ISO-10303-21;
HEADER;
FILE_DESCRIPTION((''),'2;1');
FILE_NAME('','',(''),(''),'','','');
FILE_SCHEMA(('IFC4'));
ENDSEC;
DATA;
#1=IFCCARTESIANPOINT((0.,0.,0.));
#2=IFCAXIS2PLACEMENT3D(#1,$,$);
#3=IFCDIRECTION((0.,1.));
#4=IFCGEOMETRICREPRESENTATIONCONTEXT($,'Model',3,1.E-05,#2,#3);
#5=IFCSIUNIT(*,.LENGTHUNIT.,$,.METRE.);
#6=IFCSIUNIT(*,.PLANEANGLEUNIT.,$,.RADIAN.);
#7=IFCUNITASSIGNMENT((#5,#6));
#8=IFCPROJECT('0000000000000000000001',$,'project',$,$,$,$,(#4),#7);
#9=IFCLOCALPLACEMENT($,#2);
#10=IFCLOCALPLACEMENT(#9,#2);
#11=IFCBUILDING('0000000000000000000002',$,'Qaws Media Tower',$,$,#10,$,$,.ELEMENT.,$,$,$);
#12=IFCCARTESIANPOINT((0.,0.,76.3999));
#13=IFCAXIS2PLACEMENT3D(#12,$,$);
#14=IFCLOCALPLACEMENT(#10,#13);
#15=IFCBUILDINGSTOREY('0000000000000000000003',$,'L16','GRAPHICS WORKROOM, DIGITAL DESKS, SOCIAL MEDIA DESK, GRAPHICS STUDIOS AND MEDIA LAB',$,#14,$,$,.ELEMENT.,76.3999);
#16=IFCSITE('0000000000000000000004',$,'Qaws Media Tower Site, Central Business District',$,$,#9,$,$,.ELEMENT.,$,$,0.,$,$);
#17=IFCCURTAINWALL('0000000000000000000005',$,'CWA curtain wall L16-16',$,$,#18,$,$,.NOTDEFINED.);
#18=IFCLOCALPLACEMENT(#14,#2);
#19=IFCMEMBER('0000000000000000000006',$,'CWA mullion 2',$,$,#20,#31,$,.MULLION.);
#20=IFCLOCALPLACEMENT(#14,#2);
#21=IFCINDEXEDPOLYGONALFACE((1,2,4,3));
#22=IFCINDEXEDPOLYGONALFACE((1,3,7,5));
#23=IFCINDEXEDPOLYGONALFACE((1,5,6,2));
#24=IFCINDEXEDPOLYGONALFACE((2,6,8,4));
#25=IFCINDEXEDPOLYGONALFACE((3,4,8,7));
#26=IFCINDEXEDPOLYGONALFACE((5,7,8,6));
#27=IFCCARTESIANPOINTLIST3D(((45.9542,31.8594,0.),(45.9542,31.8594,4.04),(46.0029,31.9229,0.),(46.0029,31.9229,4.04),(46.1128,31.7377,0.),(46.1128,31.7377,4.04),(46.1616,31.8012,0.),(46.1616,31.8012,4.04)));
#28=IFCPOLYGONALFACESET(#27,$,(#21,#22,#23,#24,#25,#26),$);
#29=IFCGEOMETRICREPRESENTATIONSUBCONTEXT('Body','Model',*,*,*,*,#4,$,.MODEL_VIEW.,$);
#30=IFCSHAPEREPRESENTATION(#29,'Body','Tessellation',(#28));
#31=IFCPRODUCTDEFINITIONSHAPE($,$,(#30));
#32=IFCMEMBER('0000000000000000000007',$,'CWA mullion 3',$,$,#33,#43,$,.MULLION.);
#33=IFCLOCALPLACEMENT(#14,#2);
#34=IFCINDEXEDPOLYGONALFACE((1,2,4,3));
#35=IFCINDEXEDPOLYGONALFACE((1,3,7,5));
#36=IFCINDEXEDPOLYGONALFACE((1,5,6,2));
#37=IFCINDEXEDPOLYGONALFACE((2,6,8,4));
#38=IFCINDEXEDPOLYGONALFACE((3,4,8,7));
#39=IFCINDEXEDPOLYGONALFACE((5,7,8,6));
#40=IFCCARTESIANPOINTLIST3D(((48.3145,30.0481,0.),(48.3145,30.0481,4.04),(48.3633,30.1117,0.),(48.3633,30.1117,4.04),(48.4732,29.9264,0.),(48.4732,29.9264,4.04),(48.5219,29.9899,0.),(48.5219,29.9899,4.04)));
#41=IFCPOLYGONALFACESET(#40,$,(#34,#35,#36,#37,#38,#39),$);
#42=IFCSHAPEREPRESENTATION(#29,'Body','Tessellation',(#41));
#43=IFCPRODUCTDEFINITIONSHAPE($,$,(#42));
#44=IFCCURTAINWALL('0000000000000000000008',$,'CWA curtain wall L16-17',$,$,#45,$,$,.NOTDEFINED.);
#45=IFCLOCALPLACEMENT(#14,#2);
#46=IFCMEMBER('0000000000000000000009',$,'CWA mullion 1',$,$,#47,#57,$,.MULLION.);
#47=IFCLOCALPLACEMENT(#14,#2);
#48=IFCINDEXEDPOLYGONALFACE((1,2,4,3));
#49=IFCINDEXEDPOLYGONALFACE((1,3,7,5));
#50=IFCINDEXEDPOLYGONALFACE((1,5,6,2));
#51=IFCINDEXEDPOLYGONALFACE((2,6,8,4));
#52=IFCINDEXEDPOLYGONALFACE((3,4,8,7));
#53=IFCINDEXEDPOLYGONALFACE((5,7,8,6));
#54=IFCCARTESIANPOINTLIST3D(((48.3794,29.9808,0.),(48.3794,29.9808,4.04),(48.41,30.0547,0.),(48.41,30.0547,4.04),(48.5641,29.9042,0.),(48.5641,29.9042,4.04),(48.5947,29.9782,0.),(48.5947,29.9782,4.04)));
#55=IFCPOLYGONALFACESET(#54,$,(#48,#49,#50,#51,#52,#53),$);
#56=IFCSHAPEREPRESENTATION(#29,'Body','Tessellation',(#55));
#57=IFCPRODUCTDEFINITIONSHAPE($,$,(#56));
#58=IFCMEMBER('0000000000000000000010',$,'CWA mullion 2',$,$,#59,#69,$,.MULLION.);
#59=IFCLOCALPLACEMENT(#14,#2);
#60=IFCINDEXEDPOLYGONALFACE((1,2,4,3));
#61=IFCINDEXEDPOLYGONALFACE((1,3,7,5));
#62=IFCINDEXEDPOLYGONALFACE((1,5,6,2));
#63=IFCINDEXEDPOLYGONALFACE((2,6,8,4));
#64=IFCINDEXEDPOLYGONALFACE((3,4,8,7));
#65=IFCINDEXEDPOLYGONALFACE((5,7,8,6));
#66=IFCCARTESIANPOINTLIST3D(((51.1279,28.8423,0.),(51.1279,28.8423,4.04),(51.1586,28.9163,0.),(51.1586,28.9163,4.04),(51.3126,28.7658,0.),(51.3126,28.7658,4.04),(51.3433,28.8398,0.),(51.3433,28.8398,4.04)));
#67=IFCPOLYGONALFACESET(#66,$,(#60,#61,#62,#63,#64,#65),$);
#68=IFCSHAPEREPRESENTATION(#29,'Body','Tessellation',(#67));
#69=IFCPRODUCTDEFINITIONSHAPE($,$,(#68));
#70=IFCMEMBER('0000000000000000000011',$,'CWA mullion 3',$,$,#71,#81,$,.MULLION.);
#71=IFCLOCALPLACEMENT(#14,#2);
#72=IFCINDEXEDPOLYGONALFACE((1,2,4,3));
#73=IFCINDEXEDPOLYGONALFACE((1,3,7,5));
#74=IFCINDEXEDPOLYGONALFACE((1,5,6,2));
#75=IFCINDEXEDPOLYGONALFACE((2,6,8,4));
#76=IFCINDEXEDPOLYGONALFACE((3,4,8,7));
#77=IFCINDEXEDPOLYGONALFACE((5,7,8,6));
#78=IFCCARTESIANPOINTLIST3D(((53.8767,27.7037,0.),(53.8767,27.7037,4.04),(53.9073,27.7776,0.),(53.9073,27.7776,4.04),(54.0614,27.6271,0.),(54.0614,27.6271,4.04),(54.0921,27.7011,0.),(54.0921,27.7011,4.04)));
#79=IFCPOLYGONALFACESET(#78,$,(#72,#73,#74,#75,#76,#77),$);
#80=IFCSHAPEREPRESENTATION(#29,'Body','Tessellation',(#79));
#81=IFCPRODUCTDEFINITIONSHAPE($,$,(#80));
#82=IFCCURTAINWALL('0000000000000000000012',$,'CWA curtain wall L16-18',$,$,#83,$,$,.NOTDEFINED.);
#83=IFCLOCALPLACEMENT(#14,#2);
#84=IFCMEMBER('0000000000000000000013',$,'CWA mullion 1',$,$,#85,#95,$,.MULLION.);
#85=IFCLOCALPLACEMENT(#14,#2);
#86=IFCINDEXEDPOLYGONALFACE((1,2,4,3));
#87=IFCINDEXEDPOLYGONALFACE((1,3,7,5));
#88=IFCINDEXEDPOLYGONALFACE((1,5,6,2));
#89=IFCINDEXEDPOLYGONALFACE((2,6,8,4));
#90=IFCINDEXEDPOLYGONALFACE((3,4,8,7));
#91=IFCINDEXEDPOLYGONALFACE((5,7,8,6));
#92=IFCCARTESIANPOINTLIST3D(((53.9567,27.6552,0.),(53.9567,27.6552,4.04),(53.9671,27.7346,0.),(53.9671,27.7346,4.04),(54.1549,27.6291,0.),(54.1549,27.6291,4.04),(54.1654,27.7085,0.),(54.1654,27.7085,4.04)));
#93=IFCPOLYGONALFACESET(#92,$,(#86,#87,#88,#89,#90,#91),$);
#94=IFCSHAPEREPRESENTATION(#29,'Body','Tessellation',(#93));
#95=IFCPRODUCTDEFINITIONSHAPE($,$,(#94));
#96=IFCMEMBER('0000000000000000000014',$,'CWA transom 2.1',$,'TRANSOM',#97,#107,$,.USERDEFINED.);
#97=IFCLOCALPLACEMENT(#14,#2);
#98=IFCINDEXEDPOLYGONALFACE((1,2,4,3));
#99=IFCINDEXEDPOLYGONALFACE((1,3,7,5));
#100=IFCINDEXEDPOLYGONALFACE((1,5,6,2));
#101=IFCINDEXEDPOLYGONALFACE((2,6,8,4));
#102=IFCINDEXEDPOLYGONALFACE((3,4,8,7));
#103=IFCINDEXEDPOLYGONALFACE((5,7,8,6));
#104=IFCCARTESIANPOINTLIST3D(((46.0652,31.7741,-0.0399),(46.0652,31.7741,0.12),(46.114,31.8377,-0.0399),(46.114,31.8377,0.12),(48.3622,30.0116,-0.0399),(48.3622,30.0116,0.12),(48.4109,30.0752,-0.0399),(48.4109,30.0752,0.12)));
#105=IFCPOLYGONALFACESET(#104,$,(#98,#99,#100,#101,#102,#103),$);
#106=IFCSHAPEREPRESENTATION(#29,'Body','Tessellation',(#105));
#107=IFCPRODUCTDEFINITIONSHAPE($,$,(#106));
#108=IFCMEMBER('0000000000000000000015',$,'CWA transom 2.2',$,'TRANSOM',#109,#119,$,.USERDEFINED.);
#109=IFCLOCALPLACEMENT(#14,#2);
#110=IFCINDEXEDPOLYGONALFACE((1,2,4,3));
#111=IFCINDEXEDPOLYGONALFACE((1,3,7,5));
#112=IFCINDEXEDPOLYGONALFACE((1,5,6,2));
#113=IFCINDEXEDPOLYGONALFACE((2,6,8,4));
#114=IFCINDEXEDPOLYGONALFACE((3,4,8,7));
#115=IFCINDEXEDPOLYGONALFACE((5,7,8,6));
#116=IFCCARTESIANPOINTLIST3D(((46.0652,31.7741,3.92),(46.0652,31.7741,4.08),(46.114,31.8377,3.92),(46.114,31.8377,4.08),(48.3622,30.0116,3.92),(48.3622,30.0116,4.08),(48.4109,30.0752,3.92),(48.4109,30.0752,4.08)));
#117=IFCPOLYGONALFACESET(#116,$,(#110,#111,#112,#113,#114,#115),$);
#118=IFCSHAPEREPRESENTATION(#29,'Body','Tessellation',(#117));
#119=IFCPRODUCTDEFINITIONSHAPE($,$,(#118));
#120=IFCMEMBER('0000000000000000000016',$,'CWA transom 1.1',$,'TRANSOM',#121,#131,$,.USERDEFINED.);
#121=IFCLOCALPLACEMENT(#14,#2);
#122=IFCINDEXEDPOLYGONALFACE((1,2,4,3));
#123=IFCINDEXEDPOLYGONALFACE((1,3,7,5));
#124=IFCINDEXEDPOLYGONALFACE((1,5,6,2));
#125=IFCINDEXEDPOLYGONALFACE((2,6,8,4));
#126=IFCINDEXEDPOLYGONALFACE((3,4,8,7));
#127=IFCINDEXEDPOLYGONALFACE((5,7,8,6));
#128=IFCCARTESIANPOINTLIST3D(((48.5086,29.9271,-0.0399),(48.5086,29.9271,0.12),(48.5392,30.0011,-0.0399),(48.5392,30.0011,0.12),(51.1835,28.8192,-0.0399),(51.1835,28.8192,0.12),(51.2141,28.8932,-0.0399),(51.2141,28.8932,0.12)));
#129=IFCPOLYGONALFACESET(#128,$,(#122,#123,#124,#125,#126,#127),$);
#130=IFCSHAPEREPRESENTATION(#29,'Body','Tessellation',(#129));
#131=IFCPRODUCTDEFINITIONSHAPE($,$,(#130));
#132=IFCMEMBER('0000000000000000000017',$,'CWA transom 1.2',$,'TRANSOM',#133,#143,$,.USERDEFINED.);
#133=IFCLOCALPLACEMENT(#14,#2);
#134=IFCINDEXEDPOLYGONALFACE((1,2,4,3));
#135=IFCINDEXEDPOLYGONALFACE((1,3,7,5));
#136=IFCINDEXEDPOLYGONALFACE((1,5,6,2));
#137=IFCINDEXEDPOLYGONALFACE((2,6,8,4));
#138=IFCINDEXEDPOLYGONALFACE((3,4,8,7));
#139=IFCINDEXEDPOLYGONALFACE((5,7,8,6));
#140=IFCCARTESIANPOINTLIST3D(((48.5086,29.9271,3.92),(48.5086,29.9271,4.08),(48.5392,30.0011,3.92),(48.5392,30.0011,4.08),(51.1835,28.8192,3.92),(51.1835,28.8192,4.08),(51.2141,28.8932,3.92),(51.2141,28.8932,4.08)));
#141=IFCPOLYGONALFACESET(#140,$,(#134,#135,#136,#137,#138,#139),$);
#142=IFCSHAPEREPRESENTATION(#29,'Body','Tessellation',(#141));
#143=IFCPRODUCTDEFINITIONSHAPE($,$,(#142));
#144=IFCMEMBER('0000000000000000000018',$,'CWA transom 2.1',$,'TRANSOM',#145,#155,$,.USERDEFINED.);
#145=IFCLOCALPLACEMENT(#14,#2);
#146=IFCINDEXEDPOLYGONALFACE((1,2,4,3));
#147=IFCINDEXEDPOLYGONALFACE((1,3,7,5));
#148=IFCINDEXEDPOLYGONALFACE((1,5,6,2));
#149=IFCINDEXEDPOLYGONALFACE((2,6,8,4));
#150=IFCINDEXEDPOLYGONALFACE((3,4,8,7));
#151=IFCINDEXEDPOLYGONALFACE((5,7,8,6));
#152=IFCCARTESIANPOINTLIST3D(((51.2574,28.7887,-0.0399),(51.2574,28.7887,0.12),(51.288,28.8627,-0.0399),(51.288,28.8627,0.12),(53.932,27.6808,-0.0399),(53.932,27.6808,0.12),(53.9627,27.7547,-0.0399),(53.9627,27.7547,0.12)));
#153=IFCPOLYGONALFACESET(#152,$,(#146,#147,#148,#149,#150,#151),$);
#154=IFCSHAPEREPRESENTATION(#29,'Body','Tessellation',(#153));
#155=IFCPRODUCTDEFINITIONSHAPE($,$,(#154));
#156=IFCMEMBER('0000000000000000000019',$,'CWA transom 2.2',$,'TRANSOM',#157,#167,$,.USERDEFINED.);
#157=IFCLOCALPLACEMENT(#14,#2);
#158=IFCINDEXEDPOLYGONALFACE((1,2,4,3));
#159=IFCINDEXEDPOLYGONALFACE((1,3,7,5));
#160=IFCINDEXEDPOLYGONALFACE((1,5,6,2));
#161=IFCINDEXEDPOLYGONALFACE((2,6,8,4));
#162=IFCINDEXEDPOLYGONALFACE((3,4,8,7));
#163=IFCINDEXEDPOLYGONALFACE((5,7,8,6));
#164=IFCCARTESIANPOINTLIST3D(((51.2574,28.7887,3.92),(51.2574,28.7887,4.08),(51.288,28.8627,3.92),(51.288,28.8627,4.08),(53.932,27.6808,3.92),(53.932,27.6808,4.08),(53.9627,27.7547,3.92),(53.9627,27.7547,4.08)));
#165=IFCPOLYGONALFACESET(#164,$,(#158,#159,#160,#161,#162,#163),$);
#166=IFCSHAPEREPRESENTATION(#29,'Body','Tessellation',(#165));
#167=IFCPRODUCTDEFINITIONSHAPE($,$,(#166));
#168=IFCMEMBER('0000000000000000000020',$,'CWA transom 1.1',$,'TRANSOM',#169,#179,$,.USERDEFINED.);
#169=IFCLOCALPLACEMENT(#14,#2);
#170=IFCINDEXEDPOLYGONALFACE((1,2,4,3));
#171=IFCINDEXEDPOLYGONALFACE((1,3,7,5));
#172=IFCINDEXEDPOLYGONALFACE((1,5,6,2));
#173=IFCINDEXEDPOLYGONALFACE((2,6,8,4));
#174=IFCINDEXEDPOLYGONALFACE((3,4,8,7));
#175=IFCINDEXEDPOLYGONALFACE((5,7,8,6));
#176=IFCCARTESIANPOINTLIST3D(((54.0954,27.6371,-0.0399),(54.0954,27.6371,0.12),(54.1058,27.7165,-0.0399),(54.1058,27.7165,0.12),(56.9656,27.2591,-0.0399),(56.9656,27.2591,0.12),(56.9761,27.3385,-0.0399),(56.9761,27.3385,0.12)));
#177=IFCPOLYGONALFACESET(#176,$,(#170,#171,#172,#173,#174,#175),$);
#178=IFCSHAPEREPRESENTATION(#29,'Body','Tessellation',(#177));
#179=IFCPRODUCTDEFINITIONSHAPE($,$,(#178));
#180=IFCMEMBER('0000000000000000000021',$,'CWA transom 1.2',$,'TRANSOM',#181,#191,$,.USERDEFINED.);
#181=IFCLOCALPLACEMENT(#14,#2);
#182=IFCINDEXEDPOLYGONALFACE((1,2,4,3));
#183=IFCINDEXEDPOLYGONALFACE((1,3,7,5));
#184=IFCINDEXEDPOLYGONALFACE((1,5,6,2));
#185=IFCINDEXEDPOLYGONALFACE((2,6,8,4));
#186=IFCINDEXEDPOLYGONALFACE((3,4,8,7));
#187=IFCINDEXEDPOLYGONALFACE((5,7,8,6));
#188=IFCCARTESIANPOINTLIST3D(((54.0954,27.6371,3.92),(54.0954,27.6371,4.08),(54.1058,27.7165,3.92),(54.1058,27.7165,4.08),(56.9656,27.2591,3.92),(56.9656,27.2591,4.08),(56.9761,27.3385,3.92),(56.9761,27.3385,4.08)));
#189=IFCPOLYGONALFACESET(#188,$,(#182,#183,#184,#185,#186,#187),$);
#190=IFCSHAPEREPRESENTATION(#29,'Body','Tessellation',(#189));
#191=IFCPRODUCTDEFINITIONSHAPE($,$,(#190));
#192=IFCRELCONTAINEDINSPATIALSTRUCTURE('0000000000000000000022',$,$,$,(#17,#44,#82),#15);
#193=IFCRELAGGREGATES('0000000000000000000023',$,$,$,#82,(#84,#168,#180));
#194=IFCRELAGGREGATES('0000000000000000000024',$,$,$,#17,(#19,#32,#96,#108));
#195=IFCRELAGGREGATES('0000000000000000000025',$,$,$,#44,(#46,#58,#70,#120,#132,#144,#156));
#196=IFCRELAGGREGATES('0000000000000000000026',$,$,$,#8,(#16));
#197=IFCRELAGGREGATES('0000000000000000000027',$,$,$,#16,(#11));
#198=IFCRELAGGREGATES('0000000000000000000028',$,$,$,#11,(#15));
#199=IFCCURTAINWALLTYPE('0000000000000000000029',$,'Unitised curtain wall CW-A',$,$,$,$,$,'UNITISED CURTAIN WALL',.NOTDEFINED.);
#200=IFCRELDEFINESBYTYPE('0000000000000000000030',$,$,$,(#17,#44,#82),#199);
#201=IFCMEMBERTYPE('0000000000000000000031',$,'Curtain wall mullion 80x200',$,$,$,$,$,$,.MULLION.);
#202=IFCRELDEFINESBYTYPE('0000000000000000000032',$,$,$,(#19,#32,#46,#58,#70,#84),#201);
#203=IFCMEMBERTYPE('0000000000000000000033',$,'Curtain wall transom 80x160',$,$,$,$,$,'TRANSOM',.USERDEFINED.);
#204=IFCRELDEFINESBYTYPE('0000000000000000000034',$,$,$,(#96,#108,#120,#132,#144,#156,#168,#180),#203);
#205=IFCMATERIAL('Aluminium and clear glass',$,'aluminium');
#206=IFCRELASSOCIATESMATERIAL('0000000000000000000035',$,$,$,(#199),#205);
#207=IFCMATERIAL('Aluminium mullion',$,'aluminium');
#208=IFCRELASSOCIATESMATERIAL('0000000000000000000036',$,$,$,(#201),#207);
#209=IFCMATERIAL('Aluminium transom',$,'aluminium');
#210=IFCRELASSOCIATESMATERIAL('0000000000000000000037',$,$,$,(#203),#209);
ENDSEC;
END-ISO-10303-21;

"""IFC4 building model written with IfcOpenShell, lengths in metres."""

from ifc_helpers import new_model, si_unit, direction, frame, origin, origin_2d, place, context, subcontext, project, spatial, rectangle, extrude, material, material_profile, profile_set, type_object, element, aggregate, save


model = new_model("IFC4")

# Units and contexts
model_context = context("Model", 3, precision=1e-05, world=origin(), true_north=direction((0.0, 1.0)))
body_context = subcontext(model_context, "Body", "Model", "MODEL_VIEW")
ifc_project = project(units=[si_unit("LENGTHUNIT", "METRE"), si_unit("PLANEANGLEUNIT", "RADIAN")], contexts=[model_context])

# Site, building, storey
site_placement = place(None, origin())
site = spatial("IfcSite", under=ifc_project, at=site_placement, Name="Qaws Media Tower Site, Central Business District", CompositionType="ELEMENT", RefElevation=0.0)
building_placement = place(site_placement, origin())
building = spatial("IfcBuilding", under=site, at=building_placement, Name="Qaws Media Tower", CompositionType="ELEMENT")
storey_placement = place(building_placement, frame((0.0, 0.0, 76.3999)))
storey = spatial("IfcBuildingStorey", under=building, at=storey_placement, Name="L16", Description="GRAPHICS WORKROOM, DIGITAL DESKS, SOCIAL MEDIA DESK, GRAPHICS STUDIOS AND MEDIA LAB", CompositionType="ELEMENT", Elevation=76.3999)

# Curtain walls, members
ifc_material_1 = material(Name="Aluminium and clear glass", Category="aluminium")
curtain_wall_type = type_object("IfcCurtainWallType", Name="Unitised curtain wall CW-A", ElementType="UNITISED CURTAIN WALL", PredefinedType="NOTDEFINED", material=ifc_material_1)
curtain_wall_1_placement = place(storey_placement, origin())
curtain_wall_1 = element("IfcCurtainWall", 1, at=curtain_wall_1_placement, inside=storey, type_object=curtain_wall_type, Name="CWA curtain wall L16-16", PredefinedType="NOTDEFINED")
ifc_material_2 = material(Name="Aluminium mullion", Category="aluminium")
ifc_material_profile_1 = material_profile(ifc_material_2, rectangle(XDim=0.0801, YDim=0.2, at=origin_2d()), Name="80x200")
ifc_profile_set_1 = profile_set([ifc_material_profile_1], Name="Aluminium mullion")
member_type_1 = type_object("IfcMemberType", Name="Curtain wall mullion 80x200", PredefinedType="MULLION", material=ifc_profile_set_1)
member_1_placement = place(storey_placement, frame((46.0579, 31.8303, 0.0), z_axis=(0.0, 0.0, 1.0), x_axis=(0.608761, 0.793353, 0.0)))
member_1 = element("IfcMember", 2, at=member_1_placement, type_object=member_type_1, Name="CWA mullion 2", PredefinedType="MULLION", context=body_context, shape_type="SweptSolid", body=[
    extrude(rectangle(XDim=0.0801, YDim=0.2, at=origin_2d()), origin(), (0.0, 0.0, 1.0), 4.04),
])
member_2_placement = place(storey_placement, frame((48.4182, 30.019, 0.0), z_axis=(0.0, 0.0, 1.0), x_axis=(0.608761, 0.793353, 0.0)))
member_2 = element("IfcMember", 3, at=member_2_placement, type_object=member_type_1, Name="CWA mullion 3", PredefinedType="MULLION", context=body_context, shape_type="SweptSolid", body=[
    extrude(rectangle(XDim=0.0801, YDim=0.2, at=origin_2d()), origin(), (0.0, 0.0, 1.0), 4.04),
])
curtain_wall_2_placement = place(storey_placement, origin())
curtain_wall_2 = element("IfcCurtainWall", 4, at=curtain_wall_2_placement, inside=storey, type_object=curtain_wall_type, Name="CWA curtain wall L16-17", PredefinedType="NOTDEFINED")
member_3_placement = place(storey_placement, frame((48.4871, 29.9795, 0.0), z_axis=(0.0, 0.0, 1.0), x_axis=(0.382683, 0.92388, 0.0)))
member_3 = element("IfcMember", 5, at=member_3_placement, type_object=member_type_1, Name="CWA mullion 1", PredefinedType="MULLION", context=body_context, shape_type="SweptSolid", body=[
    extrude(rectangle(XDim=0.0801, YDim=0.2, at=origin_2d()), origin(), (0.0, 0.0, 1.0), 4.04),
])
member_4_placement = place(storey_placement, frame((51.2356, 28.8411, 0.0), z_axis=(0.0, 0.0, 1.0), x_axis=(0.382683, 0.92388, 0.0)))
member_4 = element("IfcMember", 6, at=member_4_placement, type_object=member_type_1, Name="CWA mullion 2", PredefinedType="MULLION", context=body_context, shape_type="SweptSolid", body=[
    extrude(rectangle(XDim=0.0801, YDim=0.2, at=origin_2d()), origin(), (0.0, 0.0, 1.0), 4.04),
])
member_5_placement = place(storey_placement, frame((53.9844, 27.7024, 0.0), z_axis=(0.0, 0.0, 1.0), x_axis=(0.382683, 0.92388, 0.0)))
member_5 = element("IfcMember", 7, at=member_5_placement, type_object=member_type_1, Name="CWA mullion 3", PredefinedType="MULLION", context=body_context, shape_type="SweptSolid", body=[
    extrude(rectangle(XDim=0.0801, YDim=0.2, at=origin_2d()), origin(), (0.0, 0.0, 1.0), 4.04),
])

# Curtain wall, member
curtain_wall_3_placement = place(storey_placement, origin())
curtain_wall_3 = element("IfcCurtainWall", 8, at=curtain_wall_3_placement, inside=storey, type_object=curtain_wall_type, Name="CWA curtain wall L16-18", PredefinedType="NOTDEFINED")
member_6_placement = place(storey_placement, frame((54.061, 27.6819, 0.0), z_axis=(0.0, 0.0, 1.0), x_axis=(0.130526, 0.991445, 0.0)))
member_6 = element("IfcMember", 9, at=member_6_placement, type_object=member_type_1, Name="CWA mullion 1", PredefinedType="MULLION", context=body_context, shape_type="SweptSolid", body=[
    extrude(rectangle(XDim=0.0801, YDim=0.2, at=origin_2d()), origin(), (0.0, 0.0, 1.0), 4.04),
])

# Members
ifc_material_3 = material(Name="Aluminium transom", Category="aluminium")
ifc_material_profile_2 = material_profile(ifc_material_3, rectangle(XDim=0.0801, YDim=0.1599, at=origin_2d()), Name="80x160")
ifc_profile_set_2 = profile_set([ifc_material_profile_2], Name="Aluminium transom")
member_type_2 = type_object("IfcMemberType", Name="Curtain wall transom 80x160", ElementType="TRANSOM", PredefinedType="USERDEFINED", material=ifc_profile_set_2)
member_7_placement = place(storey_placement, frame((46.0896, 31.8059, 0.04), z_axis=(0.793354, -0.608761, 0.0), x_axis=(0.608761, 0.793354, 0.0)))
member_7 = element("IfcMember", 10, at=member_7_placement, type_object=member_type_2, Name="CWA transom 2.1", ObjectType="TRANSOM", PredefinedType="USERDEFINED", context=body_context, shape_type="SweptSolid", body=[
    extrude(rectangle(XDim=0.0801, YDim=0.1599, at=origin_2d()), origin(), (0.0, 0.0, 1.0), 2.8953),
])
member_8_placement = place(storey_placement, frame((46.0896, 31.8059, 4.0), z_axis=(0.793354, -0.608761, 0.0), x_axis=(0.608761, 0.793354, 0.0)))
member_8 = element("IfcMember", 11, at=member_8_placement, type_object=member_type_2, Name="CWA transom 2.2", ObjectType="TRANSOM", PredefinedType="USERDEFINED", context=body_context, shape_type="SweptSolid", body=[
    extrude(rectangle(XDim=0.0801, YDim=0.1599, at=origin_2d()), origin(), (0.0, 0.0, 1.0), 2.8953),
])
member_9_placement = place(storey_placement, frame((48.5239, 29.9641, 0.04), z_axis=(0.923883, -0.382675, 0.0), x_axis=(0.382675, 0.923883, 0.0)))
member_9 = element("IfcMember", 12, at=member_9_placement, type_object=member_type_2, Name="CWA transom 1.1", ObjectType="TRANSOM", PredefinedType="USERDEFINED", context=body_context, shape_type="SweptSolid", body=[
    extrude(rectangle(XDim=0.0801, YDim=0.1599, at=origin_2d()), origin(), (0.0, 0.0, 1.0), 2.8953),
])
member_10_placement = place(storey_placement, frame((48.5239, 29.9641, 4.0), z_axis=(0.923883, -0.382675, 0.0), x_axis=(0.382675, 0.923883, 0.0)))
member_10 = element("IfcMember", 13, at=member_10_placement, type_object=member_type_2, Name="CWA transom 1.2", ObjectType="TRANSOM", PredefinedType="USERDEFINED", context=body_context, shape_type="SweptSolid", body=[
    extrude(rectangle(XDim=0.0801, YDim=0.1599, at=origin_2d()), origin(), (0.0, 0.0, 1.0), 2.8953),
])
member_11_placement = place(storey_placement, frame((51.2727, 28.8257, 0.04), z_axis=(0.923871, -0.382704, 0.0), x_axis=(0.382704, 0.923871, 0.0)))
member_11 = element("IfcMember", 14, at=member_11_placement, type_object=member_type_2, Name="CWA transom 2.1", ObjectType="TRANSOM", PredefinedType="USERDEFINED", context=body_context, shape_type="SweptSolid", body=[
    extrude(rectangle(XDim=0.0801, YDim=0.1599, at=origin_2d()), origin(), (0.0, 0.0, 1.0), 2.895),
])
member_12_placement = place(storey_placement, frame((51.2727, 28.8257, 4.0), z_axis=(0.923871, -0.382704, 0.0), x_axis=(0.382704, 0.923871, 0.0)))
member_12 = element("IfcMember", 15, at=member_12_placement, type_object=member_type_2, Name="CWA transom 2.2", ObjectType="TRANSOM", PredefinedType="USERDEFINED", context=body_context, shape_type="SweptSolid", body=[
    extrude(rectangle(XDim=0.0801, YDim=0.1599, at=origin_2d()), origin(), (0.0, 0.0, 1.0), 2.895),
])
member_13_placement = place(storey_placement, frame((54.1006, 27.6768, 0.04), z_axis=(0.991443, -0.13054, 0.0), x_axis=(0.13054, 0.991443, 0.0)))
member_13 = element("IfcMember", 16, at=member_13_placement, type_object=member_type_2, Name="CWA transom 1.1", ObjectType="TRANSOM", PredefinedType="USERDEFINED", context=body_context, shape_type="SweptSolid", body=[
    extrude(rectangle(XDim=0.0801, YDim=0.1599, at=origin_2d()), origin(), (0.0, 0.0, 1.0), 2.895),
])
member_14_placement = place(storey_placement, frame((54.1006, 27.6768, 4.0), z_axis=(0.991443, -0.13054, 0.0), x_axis=(0.13054, 0.991443, 0.0)))
member_14 = element("IfcMember", 17, at=member_14_placement, type_object=member_type_2, Name="CWA transom 1.2", ObjectType="TRANSOM", PredefinedType="USERDEFINED", context=body_context, shape_type="SweptSolid", body=[
    extrude(rectangle(XDim=0.0801, YDim=0.1599, at=origin_2d()), origin(), (0.0, 0.0, 1.0), 2.895),
])
aggregate(curtain_wall_3, [member_6, member_13, member_14])

aggregate(curtain_wall_1, [member_1, member_2, member_7, member_8])
aggregate(curtain_wall_2, [member_3, member_4, member_5, member_9, member_10, member_11, member_12])

save(model, "model.ifc")
